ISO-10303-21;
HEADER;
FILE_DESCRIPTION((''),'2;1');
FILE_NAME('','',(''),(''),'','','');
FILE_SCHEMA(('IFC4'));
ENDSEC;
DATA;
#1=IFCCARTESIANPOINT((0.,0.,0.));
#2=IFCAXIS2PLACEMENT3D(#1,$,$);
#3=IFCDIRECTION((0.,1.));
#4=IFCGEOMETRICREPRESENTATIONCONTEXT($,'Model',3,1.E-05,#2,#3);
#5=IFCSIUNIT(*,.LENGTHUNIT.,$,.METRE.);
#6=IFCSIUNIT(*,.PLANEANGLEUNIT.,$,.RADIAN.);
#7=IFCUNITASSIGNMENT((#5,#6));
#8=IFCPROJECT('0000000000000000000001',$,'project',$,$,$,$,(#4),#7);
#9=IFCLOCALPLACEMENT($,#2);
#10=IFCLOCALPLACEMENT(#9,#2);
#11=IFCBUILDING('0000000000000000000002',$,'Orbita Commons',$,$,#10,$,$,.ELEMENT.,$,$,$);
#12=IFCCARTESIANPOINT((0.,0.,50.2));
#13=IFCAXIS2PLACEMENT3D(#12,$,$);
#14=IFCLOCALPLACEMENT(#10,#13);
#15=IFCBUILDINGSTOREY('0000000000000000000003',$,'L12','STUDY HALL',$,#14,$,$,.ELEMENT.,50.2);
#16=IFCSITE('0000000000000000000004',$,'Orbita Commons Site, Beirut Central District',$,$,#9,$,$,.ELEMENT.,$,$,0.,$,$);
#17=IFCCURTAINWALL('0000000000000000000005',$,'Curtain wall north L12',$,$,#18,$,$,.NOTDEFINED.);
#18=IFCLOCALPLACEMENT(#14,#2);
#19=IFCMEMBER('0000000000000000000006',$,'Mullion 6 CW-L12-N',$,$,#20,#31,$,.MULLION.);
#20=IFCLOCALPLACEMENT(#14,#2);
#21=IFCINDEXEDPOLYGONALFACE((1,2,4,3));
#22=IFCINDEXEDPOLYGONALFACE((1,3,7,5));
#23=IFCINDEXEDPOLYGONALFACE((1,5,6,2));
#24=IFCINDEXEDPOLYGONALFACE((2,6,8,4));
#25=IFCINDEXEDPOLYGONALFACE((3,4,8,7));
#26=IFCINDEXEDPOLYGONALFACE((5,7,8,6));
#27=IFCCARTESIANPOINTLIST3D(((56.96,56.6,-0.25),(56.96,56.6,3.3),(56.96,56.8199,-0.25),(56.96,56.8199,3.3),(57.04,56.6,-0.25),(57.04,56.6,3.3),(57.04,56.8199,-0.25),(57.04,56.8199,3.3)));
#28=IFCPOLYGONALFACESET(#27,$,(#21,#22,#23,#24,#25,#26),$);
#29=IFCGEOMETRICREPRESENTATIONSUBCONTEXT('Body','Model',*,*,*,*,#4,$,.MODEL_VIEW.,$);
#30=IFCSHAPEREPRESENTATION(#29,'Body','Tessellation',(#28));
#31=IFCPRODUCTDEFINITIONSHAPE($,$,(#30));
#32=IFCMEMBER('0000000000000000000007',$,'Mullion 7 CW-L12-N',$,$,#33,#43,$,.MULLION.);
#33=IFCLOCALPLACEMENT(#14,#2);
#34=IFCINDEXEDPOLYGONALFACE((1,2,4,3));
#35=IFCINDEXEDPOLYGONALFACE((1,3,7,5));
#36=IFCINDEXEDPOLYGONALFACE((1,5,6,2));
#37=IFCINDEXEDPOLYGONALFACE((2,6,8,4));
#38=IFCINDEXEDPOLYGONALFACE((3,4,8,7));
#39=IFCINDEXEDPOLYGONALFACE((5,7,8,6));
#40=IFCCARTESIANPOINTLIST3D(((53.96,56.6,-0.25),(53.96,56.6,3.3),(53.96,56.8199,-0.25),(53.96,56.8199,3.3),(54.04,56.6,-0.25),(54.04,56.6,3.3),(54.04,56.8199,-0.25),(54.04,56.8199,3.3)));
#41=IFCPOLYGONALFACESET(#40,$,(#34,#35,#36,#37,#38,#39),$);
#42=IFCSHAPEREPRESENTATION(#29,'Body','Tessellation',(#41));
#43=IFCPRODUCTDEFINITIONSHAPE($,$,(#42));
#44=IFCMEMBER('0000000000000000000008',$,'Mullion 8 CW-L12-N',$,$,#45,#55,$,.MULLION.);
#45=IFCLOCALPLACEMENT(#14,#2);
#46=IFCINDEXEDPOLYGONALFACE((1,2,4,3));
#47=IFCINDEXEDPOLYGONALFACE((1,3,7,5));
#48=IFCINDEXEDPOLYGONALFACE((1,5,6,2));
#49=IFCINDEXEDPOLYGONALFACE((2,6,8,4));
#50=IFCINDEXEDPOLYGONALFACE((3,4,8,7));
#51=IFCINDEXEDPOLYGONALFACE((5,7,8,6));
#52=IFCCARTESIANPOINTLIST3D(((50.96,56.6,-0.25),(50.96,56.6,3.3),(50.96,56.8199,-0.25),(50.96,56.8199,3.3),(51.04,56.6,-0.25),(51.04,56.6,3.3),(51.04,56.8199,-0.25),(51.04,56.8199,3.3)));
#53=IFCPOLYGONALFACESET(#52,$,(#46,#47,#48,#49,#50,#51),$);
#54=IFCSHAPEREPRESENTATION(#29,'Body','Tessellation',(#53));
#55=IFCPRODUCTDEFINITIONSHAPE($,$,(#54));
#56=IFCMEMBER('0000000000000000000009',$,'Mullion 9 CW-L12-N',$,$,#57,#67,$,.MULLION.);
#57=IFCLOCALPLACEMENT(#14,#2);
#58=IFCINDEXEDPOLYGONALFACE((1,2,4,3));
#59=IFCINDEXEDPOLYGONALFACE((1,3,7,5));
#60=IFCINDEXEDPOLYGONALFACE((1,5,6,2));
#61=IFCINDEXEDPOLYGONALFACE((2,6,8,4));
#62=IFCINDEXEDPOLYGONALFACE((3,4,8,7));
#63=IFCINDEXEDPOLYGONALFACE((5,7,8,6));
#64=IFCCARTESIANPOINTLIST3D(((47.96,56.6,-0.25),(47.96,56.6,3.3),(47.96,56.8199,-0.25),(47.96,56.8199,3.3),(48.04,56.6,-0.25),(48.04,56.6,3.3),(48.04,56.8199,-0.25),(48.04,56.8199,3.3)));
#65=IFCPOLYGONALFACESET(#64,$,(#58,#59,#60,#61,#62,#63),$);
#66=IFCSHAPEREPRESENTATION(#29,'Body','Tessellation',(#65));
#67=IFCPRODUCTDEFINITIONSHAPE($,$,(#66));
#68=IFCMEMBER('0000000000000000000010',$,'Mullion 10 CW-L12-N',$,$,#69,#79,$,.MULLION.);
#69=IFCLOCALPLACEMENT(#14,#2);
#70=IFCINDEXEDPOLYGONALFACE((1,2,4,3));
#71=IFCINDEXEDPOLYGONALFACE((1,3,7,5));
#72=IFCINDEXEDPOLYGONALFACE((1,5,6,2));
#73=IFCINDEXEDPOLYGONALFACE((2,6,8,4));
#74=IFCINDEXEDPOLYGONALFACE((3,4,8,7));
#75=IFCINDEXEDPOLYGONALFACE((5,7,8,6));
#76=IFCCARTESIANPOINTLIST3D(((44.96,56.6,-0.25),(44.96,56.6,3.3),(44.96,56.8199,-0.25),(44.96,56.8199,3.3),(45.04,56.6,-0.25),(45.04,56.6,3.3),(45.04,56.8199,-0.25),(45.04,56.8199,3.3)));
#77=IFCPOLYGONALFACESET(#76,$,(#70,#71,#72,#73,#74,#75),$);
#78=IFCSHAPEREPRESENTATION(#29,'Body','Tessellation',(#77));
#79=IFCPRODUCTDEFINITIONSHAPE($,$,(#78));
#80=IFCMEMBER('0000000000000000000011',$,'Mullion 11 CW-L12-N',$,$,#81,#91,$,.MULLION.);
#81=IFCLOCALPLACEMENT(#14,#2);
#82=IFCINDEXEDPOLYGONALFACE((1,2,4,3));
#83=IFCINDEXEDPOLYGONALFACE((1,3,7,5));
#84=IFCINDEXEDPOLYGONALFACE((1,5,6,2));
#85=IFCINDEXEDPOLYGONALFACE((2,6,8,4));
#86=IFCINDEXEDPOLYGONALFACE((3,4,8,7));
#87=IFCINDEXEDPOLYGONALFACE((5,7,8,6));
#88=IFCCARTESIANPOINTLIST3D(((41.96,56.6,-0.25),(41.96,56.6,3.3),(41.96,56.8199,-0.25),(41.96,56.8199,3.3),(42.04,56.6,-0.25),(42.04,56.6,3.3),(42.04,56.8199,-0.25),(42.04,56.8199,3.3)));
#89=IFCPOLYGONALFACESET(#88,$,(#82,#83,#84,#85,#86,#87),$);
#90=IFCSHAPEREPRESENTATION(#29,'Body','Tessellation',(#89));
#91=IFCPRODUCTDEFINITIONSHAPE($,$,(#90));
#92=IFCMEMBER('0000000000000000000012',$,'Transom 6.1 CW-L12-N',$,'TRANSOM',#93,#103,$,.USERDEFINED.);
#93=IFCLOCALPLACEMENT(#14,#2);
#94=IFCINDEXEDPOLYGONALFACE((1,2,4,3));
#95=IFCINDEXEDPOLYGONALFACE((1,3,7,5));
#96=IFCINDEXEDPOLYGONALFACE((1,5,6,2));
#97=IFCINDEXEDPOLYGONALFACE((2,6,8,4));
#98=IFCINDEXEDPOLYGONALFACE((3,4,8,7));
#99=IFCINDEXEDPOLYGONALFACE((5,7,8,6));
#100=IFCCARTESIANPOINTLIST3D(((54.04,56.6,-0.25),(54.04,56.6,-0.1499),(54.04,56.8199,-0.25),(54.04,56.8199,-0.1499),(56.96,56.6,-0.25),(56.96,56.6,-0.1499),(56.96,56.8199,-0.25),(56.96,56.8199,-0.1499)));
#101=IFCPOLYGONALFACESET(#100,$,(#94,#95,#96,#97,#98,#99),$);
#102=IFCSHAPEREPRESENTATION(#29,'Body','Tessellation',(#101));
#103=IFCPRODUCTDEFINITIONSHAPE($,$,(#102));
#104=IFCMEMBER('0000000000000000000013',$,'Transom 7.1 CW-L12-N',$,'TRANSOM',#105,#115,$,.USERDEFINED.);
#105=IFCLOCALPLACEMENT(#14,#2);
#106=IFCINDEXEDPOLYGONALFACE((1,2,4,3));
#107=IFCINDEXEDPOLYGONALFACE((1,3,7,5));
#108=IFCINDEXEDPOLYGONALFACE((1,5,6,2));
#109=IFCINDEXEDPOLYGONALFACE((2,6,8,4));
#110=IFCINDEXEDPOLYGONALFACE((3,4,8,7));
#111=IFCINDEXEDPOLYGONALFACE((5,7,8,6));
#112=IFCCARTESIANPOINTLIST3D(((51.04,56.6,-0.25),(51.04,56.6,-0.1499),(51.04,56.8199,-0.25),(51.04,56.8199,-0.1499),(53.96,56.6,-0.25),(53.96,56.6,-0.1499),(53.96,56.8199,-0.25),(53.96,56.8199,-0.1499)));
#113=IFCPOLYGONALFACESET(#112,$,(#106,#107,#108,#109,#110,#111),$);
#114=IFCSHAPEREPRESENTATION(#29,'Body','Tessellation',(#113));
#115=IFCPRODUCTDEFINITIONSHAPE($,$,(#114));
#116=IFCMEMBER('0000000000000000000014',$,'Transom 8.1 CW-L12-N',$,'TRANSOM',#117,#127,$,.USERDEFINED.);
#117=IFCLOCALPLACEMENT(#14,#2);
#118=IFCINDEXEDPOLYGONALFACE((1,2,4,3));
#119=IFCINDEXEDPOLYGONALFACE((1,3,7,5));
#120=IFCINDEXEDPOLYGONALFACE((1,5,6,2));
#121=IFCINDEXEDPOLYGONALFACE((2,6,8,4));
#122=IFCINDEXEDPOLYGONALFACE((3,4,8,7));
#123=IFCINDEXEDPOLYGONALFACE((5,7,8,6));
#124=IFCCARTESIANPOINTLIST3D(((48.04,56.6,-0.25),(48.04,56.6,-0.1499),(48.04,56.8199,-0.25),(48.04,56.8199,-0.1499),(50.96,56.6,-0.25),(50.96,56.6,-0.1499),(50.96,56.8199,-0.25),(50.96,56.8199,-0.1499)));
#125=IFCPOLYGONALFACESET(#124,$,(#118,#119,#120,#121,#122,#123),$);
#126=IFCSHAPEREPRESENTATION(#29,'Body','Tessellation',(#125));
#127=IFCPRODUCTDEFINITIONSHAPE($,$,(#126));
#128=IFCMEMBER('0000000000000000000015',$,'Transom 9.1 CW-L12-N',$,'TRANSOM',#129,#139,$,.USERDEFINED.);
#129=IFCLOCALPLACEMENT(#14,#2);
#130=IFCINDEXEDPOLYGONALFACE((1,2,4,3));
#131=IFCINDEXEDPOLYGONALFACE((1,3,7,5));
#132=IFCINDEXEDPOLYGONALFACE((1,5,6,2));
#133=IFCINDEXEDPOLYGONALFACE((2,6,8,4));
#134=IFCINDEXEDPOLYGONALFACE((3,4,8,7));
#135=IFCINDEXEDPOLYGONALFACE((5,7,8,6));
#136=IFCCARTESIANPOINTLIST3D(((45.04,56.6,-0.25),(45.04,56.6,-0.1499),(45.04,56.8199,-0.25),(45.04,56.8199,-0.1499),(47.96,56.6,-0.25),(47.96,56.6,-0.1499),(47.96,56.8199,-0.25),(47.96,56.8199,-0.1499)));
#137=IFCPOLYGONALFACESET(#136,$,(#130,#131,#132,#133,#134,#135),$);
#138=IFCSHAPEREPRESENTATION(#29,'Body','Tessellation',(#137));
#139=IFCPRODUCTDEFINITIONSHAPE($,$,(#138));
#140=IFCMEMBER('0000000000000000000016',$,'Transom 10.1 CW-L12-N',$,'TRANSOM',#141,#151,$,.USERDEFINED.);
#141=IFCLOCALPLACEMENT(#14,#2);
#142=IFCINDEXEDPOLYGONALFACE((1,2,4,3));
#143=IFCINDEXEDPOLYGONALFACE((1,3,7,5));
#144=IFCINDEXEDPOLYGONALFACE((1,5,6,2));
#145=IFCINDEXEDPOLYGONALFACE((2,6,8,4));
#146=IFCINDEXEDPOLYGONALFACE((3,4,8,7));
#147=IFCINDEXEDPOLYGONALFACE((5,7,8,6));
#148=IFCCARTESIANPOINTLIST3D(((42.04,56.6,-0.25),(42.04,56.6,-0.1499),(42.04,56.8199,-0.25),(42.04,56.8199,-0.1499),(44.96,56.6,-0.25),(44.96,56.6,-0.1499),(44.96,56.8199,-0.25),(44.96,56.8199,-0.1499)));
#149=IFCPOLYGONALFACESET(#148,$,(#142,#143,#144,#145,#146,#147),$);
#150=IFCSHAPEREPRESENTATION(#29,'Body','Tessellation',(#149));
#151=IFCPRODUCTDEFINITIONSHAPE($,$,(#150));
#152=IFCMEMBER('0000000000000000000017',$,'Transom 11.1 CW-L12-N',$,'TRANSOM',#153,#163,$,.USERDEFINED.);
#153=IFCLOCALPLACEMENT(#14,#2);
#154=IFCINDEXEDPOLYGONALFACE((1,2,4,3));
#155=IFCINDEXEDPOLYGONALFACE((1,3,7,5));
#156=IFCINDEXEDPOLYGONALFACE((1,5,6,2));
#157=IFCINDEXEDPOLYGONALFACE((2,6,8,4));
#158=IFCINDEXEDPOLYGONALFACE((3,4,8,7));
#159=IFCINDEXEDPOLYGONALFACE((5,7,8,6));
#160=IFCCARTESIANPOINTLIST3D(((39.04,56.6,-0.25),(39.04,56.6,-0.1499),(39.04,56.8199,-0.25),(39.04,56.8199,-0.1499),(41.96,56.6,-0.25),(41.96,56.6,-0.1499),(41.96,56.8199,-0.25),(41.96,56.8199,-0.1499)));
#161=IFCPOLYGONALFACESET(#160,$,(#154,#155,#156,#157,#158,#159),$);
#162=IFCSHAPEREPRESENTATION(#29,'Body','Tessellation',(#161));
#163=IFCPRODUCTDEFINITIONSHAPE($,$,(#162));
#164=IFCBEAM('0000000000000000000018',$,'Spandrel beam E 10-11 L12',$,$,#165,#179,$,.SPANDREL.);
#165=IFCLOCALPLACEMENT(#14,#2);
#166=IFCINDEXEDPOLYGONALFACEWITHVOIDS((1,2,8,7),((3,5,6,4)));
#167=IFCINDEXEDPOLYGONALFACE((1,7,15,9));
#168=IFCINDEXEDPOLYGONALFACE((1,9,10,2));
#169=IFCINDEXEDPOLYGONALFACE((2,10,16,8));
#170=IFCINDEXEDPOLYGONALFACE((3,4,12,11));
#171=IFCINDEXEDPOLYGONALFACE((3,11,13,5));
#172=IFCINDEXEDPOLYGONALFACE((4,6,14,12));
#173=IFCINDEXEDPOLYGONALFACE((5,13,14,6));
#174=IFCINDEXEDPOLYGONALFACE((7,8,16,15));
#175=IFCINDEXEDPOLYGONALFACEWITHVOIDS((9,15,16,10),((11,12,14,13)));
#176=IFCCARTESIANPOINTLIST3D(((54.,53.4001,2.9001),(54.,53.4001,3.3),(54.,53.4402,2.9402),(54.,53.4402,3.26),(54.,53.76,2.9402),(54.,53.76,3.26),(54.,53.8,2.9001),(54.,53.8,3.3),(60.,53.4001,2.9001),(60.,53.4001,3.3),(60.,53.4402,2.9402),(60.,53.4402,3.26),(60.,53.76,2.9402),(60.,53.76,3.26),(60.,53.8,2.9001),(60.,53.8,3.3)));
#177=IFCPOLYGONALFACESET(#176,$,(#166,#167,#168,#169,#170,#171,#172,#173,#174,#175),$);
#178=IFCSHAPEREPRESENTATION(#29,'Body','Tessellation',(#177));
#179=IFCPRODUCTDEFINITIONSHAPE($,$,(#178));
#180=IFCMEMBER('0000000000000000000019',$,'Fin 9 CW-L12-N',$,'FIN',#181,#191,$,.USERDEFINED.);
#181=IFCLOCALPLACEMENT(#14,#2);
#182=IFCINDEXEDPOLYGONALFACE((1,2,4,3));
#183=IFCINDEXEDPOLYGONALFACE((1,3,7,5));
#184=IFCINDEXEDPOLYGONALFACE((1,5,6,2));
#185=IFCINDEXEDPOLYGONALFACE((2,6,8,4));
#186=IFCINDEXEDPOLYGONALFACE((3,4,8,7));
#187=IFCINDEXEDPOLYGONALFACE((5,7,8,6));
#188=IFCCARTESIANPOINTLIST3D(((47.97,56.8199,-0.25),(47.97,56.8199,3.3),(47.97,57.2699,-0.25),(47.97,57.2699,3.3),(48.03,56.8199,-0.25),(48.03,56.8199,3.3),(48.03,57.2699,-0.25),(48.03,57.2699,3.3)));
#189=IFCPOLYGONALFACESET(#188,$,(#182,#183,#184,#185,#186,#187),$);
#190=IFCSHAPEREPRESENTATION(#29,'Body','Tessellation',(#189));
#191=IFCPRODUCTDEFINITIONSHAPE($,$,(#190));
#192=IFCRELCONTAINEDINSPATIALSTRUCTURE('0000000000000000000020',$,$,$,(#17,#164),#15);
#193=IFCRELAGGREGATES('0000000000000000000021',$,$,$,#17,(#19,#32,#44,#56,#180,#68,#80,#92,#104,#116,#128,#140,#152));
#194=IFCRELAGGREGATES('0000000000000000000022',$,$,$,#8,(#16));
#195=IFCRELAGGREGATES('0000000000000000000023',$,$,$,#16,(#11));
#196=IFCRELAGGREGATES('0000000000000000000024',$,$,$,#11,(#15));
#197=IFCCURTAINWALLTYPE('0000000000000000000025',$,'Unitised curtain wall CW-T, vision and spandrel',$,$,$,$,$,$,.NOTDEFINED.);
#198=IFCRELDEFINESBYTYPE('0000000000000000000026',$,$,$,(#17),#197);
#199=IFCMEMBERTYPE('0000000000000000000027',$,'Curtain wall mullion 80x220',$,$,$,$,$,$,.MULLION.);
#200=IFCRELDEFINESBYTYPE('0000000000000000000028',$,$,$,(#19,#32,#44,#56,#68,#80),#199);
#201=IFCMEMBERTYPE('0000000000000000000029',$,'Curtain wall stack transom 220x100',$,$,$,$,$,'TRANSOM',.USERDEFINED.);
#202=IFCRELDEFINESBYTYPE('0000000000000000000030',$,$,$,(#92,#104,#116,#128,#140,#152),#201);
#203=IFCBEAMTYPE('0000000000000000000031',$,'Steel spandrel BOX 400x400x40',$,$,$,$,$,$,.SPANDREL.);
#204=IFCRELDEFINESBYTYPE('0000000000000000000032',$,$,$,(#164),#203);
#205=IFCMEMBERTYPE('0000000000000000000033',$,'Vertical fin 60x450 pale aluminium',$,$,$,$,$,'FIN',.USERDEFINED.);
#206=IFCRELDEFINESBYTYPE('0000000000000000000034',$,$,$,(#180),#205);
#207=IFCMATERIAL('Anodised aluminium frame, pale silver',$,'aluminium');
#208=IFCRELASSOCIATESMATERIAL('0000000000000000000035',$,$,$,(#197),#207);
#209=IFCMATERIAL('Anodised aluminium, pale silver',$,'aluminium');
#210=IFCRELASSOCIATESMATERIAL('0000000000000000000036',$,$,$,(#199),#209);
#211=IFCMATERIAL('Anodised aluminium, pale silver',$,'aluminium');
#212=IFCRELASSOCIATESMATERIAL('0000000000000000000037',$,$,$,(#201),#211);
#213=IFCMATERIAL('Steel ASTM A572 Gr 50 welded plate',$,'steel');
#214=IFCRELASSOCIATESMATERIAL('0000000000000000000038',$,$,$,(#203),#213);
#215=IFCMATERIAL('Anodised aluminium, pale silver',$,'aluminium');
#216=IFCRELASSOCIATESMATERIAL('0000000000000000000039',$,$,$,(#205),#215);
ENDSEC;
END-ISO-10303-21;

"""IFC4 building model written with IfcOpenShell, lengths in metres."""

from ifc_helpers import new_model, si_unit, direction, frame, origin, origin_2d, place, context, subcontext, project, spatial, rectangle, hollow_rectangle, extrude, material, material_profile, profile_set, type_object, element, aggregate, save


model = new_model("IFC4")

# Units and contexts
model_context = context("Model", 3, precision=1e-05, world=origin(), true_north=direction((0.0, 1.0)))
body_context = subcontext(model_context, "Body", "Model", "MODEL_VIEW")
ifc_project = project(units=[si_unit("LENGTHUNIT", "METRE"), si_unit("PLANEANGLEUNIT", "RADIAN")], contexts=[model_context])

# Site, building, storey
site_placement = place(None, origin())
site = spatial("IfcSite", under=ifc_project, at=site_placement, Name="Orbita Commons Site, Beirut Central District", CompositionType="ELEMENT", RefElevation=0.0)
building_placement = place(site_placement, origin())
building = spatial("IfcBuilding", under=site, at=building_placement, Name="Orbita Commons", CompositionType="ELEMENT")
storey_placement = place(building_placement, frame((0.0, 0.0, 50.2)))
storey = spatial("IfcBuildingStorey", under=building, at=storey_placement, Name="L12", Description="STUDY HALL", CompositionType="ELEMENT", Elevation=50.2)

# Curtain wall, members
ifc_material_1 = material(Name="Anodised aluminium frame, pale silver", Category="aluminium")
curtain_wall_type = type_object("IfcCurtainWallType", Name="Unitised curtain wall CW-T, vision and spandrel", PredefinedType="NOTDEFINED", material=ifc_material_1)
curtain_wall_placement = place(storey_placement, origin())
curtain_wall = element("IfcCurtainWall", 1, at=curtain_wall_placement, inside=storey, type_object=curtain_wall_type, Name="Curtain wall north L12", PredefinedType="NOTDEFINED")
ifc_material_2 = material(Name="Anodised aluminium, pale silver", Category="aluminium")
ifc_material_profile_1 = material_profile(ifc_material_2, rectangle(XDim=0.0801, YDim=0.22, at=origin_2d()), Name="AL 80x220")
ifc_profile_set_1 = profile_set([ifc_material_profile_1], Name="Anodised aluminium, pale silver")
member_type_1 = type_object("IfcMemberType", Name="Curtain wall mullion 80x220", PredefinedType="MULLION", material=ifc_profile_set_1)
member_1_placement = place(storey_placement, frame((57.0, 56.71, -0.25), z_axis=(0.0, 0.0, 1.0), x_axis=(-1.0, 0.0, 0.0)))
member_1 = element("IfcMember", 2, at=member_1_placement, type_object=member_type_1, Name="Mullion 6 CW-L12-N", PredefinedType="MULLION", context=body_context, shape_type="SweptSolid", body=[
    extrude(rectangle(XDim=0.0801, YDim=0.22, at=origin_2d()), origin(), (0.0, 0.0, 1.0), 3.55),
])
member_2_placement = place(storey_placement, frame((54.0, 56.71, -0.25), z_axis=(0.0, 0.0, 1.0), x_axis=(-1.0, 0.0, 0.0)))
member_2 = element("IfcMember", 3, at=member_2_placement, type_object=member_type_1, Name="Mullion 7 CW-L12-N", PredefinedType="MULLION", context=body_context, shape_type="SweptSolid", body=[
    extrude(rectangle(XDim=0.0801, YDim=0.22, at=origin_2d()), origin(), (0.0, 0.0, 1.0), 3.55),
])
member_3_placement = place(storey_placement, frame((51.0, 56.71, -0.25), z_axis=(0.0, 0.0, 1.0), x_axis=(-1.0, 0.0, 0.0)))
member_3 = element("IfcMember", 4, at=member_3_placement, type_object=member_type_1, Name="Mullion 8 CW-L12-N", PredefinedType="MULLION", context=body_context, shape_type="SweptSolid", body=[
    extrude(rectangle(XDim=0.0801, YDim=0.22, at=origin_2d()), origin(), (0.0, 0.0, 1.0), 3.55),
])
member_4_placement = place(storey_placement, frame((48.0, 56.71, -0.25), z_axis=(0.0, 0.0, 1.0), x_axis=(-1.0, 0.0, 0.0)))
member_4 = element("IfcMember", 5, at=member_4_placement, type_object=member_type_1, Name="Mullion 9 CW-L12-N", PredefinedType="MULLION", context=body_context, shape_type="SweptSolid", body=[
    extrude(rectangle(XDim=0.0801, YDim=0.22, at=origin_2d()), origin(), (0.0, 0.0, 1.0), 3.55),
])
member_5_placement = place(storey_placement, frame((45.0, 56.71, -0.25), z_axis=(0.0, 0.0, 1.0), x_axis=(-1.0, 0.0, 0.0)))
member_5 = element("IfcMember", 6, at=member_5_placement, type_object=member_type_1, Name="Mullion 10 CW-L12-N", PredefinedType="MULLION", context=body_context, shape_type="SweptSolid", body=[
    extrude(rectangle(XDim=0.0801, YDim=0.22, at=origin_2d()), origin(), (0.0, 0.0, 1.0), 3.55),
])
member_6_placement = place(storey_placement, frame((42.0, 56.71, -0.25), z_axis=(0.0, 0.0, 1.0), x_axis=(-1.0, 0.0, 0.0)))
member_6 = element("IfcMember", 7, at=member_6_placement, type_object=member_type_1, Name="Mullion 11 CW-L12-N", PredefinedType="MULLION", context=body_context, shape_type="SweptSolid", body=[
    extrude(rectangle(XDim=0.0801, YDim=0.22, at=origin_2d()), origin(), (0.0, 0.0, 1.0), 3.55),
])
ifc_material_3 = material(Name="Anodised aluminium, pale silver", Category="aluminium")
ifc_material_profile_2 = material_profile(ifc_material_3, rectangle(XDim=0.22, YDim=0.1001, at=origin_2d()), Name="AL 220x100")
ifc_profile_set_2 = profile_set([ifc_material_profile_2], Name="Anodised aluminium, pale silver")
member_type_2 = type_object("IfcMemberType", Name="Curtain wall stack transom 220x100", ElementType="TRANSOM", PredefinedType="USERDEFINED", material=ifc_profile_set_2)
member_7_placement = place(storey_placement, frame((56.96, 56.71, -0.2), z_axis=(-1.0, 0.0, 0.0), x_axis=(0.0, -1.0, 0.0)))
member_7 = element("IfcMember", 8, at=member_7_placement, type_object=member_type_2, Name="Transom 6.1 CW-L12-N", ObjectType="TRANSOM", PredefinedType="USERDEFINED", context=body_context, shape_type="SweptSolid", body=[
    extrude(rectangle(XDim=0.22, YDim=0.1001, at=origin_2d()), origin(), (0.0, 0.0, 1.0), 2.9199),
])
member_8_placement = place(storey_placement, frame((53.96, 56.71, -0.2), z_axis=(-1.0, 0.0, 0.0), x_axis=(0.0, -1.0, 0.0)))
member_8 = element("IfcMember", 9, at=member_8_placement, type_object=member_type_2, Name="Transom 7.1 CW-L12-N", ObjectType="TRANSOM", PredefinedType="USERDEFINED", context=body_context, shape_type="SweptSolid", body=[
    extrude(rectangle(XDim=0.22, YDim=0.1001, at=origin_2d()), origin(), (0.0, 0.0, 1.0), 2.9199),
])
member_9_placement = place(storey_placement, frame((50.96, 56.71, -0.2), z_axis=(-1.0, 0.0, 0.0), x_axis=(0.0, -1.0, 0.0)))
member_9 = element("IfcMember", 10, at=member_9_placement, type_object=member_type_2, Name="Transom 8.1 CW-L12-N", ObjectType="TRANSOM", PredefinedType="USERDEFINED", context=body_context, shape_type="SweptSolid", body=[
    extrude(rectangle(XDim=0.22, YDim=0.1001, at=origin_2d()), origin(), (0.0, 0.0, 1.0), 2.9199),
])
member_10_placement = place(storey_placement, frame((47.96, 56.71, -0.2), z_axis=(-1.0, 0.0, 0.0), x_axis=(0.0, -1.0, 0.0)))
member_10 = element("IfcMember", 11, at=member_10_placement, type_object=member_type_2, Name="Transom 9.1 CW-L12-N", ObjectType="TRANSOM", PredefinedType="USERDEFINED", context=body_context, shape_type="SweptSolid", body=[
    extrude(rectangle(XDim=0.22, YDim=0.1001, at=origin_2d()), origin(), (0.0, 0.0, 1.0), 2.9199),
])
member_11_placement = place(storey_placement, frame((44.96, 56.71, -0.2), z_axis=(-1.0, 0.0, 0.0), x_axis=(0.0, -1.0, 0.0)))
member_11 = element("IfcMember", 12, at=member_11_placement, type_object=member_type_2, Name="Transom 10.1 CW-L12-N", ObjectType="TRANSOM", PredefinedType="USERDEFINED", context=body_context, shape_type="SweptSolid", body=[
    extrude(rectangle(XDim=0.22, YDim=0.1001, at=origin_2d()), origin(), (0.0, 0.0, 1.0), 2.9199),
])
member_12_placement = place(storey_placement, frame((41.96, 56.71, -0.2), z_axis=(-1.0, 0.0, 0.0), x_axis=(0.0, -1.0, 0.0)))
member_12 = element("IfcMember", 13, at=member_12_placement, type_object=member_type_2, Name="Transom 11.1 CW-L12-N", ObjectType="TRANSOM", PredefinedType="USERDEFINED", context=body_context, shape_type="SweptSolid", body=[
    extrude(rectangle(XDim=0.22, YDim=0.1001, at=origin_2d()), origin(), (0.0, 0.0, 1.0), 2.9199),
])

# Beam
ifc_material_4 = material(Name="Steel ASTM A572 Gr 50 welded plate", Category="steel")
ifc_material_profile_3 = material_profile(ifc_material_4, hollow_rectangle(XDim=0.3999, YDim=0.3999, WallThickness=0.04, at=origin_2d()), Name="BOX 400x400x40")
ifc_profile_set_3 = profile_set([ifc_material_profile_3], Name="Steel ASTM A572 Gr 50 welded plate")
beam_type = type_object("IfcBeamType", Name="Steel spandrel BOX 400x400x40", PredefinedType="SPANDREL", material=ifc_profile_set_3)
beam_placement = place(storey_placement, frame((54.0, 53.6001, 3.1001), z_axis=(1.0, 0.0, 0.0), x_axis=(0.0, 1.0, 0.0)))
element("IfcBeam", 14, at=beam_placement, inside=storey, type_object=beam_type, Name="Spandrel beam E 10-11 L12", PredefinedType="SPANDREL", context=body_context, shape_type="SweptSolid", body=[
    extrude(hollow_rectangle(XDim=0.3999, YDim=0.3999, WallThickness=0.04, at=origin_2d()), origin(), (0.0, 0.0, 1.0), 6.0),
])

# Member
ifc_material_5 = material(Name="Anodised aluminium, pale silver", Category="aluminium")
ifc_material_profile_4 = material_profile(ifc_material_5, rectangle(XDim=0.0601, YDim=0.45, at=origin_2d()), Name="FIN 60x450")
ifc_profile_set_4 = profile_set([ifc_material_profile_4], Name="Anodised aluminium, pale silver")
member_type_3 = type_object("IfcMemberType", Name="Vertical fin 60x450 pale aluminium", ElementType="FIN", PredefinedType="USERDEFINED", material=ifc_profile_set_4)
member_13_placement = place(storey_placement, frame((48.0, 57.0449, -0.25), z_axis=(0.0, 0.0, 1.0), x_axis=(-1.0, 0.0, 0.0)))
member_13 = element("IfcMember", 15, at=member_13_placement, type_object=member_type_3, Name="Fin 9 CW-L12-N", ObjectType="FIN", PredefinedType="USERDEFINED", context=body_context, shape_type="SweptSolid", body=[
    extrude(rectangle(XDim=0.0601, YDim=0.45, at=origin_2d()), origin(), (0.0, 0.0, 1.0), 3.55),
])

aggregate(curtain_wall, [member_1, member_2, member_3, member_4, member_13, member_5, member_6, member_7, member_8, member_9, member_10, member_11, member_12])

save(model, "model.ifc")
